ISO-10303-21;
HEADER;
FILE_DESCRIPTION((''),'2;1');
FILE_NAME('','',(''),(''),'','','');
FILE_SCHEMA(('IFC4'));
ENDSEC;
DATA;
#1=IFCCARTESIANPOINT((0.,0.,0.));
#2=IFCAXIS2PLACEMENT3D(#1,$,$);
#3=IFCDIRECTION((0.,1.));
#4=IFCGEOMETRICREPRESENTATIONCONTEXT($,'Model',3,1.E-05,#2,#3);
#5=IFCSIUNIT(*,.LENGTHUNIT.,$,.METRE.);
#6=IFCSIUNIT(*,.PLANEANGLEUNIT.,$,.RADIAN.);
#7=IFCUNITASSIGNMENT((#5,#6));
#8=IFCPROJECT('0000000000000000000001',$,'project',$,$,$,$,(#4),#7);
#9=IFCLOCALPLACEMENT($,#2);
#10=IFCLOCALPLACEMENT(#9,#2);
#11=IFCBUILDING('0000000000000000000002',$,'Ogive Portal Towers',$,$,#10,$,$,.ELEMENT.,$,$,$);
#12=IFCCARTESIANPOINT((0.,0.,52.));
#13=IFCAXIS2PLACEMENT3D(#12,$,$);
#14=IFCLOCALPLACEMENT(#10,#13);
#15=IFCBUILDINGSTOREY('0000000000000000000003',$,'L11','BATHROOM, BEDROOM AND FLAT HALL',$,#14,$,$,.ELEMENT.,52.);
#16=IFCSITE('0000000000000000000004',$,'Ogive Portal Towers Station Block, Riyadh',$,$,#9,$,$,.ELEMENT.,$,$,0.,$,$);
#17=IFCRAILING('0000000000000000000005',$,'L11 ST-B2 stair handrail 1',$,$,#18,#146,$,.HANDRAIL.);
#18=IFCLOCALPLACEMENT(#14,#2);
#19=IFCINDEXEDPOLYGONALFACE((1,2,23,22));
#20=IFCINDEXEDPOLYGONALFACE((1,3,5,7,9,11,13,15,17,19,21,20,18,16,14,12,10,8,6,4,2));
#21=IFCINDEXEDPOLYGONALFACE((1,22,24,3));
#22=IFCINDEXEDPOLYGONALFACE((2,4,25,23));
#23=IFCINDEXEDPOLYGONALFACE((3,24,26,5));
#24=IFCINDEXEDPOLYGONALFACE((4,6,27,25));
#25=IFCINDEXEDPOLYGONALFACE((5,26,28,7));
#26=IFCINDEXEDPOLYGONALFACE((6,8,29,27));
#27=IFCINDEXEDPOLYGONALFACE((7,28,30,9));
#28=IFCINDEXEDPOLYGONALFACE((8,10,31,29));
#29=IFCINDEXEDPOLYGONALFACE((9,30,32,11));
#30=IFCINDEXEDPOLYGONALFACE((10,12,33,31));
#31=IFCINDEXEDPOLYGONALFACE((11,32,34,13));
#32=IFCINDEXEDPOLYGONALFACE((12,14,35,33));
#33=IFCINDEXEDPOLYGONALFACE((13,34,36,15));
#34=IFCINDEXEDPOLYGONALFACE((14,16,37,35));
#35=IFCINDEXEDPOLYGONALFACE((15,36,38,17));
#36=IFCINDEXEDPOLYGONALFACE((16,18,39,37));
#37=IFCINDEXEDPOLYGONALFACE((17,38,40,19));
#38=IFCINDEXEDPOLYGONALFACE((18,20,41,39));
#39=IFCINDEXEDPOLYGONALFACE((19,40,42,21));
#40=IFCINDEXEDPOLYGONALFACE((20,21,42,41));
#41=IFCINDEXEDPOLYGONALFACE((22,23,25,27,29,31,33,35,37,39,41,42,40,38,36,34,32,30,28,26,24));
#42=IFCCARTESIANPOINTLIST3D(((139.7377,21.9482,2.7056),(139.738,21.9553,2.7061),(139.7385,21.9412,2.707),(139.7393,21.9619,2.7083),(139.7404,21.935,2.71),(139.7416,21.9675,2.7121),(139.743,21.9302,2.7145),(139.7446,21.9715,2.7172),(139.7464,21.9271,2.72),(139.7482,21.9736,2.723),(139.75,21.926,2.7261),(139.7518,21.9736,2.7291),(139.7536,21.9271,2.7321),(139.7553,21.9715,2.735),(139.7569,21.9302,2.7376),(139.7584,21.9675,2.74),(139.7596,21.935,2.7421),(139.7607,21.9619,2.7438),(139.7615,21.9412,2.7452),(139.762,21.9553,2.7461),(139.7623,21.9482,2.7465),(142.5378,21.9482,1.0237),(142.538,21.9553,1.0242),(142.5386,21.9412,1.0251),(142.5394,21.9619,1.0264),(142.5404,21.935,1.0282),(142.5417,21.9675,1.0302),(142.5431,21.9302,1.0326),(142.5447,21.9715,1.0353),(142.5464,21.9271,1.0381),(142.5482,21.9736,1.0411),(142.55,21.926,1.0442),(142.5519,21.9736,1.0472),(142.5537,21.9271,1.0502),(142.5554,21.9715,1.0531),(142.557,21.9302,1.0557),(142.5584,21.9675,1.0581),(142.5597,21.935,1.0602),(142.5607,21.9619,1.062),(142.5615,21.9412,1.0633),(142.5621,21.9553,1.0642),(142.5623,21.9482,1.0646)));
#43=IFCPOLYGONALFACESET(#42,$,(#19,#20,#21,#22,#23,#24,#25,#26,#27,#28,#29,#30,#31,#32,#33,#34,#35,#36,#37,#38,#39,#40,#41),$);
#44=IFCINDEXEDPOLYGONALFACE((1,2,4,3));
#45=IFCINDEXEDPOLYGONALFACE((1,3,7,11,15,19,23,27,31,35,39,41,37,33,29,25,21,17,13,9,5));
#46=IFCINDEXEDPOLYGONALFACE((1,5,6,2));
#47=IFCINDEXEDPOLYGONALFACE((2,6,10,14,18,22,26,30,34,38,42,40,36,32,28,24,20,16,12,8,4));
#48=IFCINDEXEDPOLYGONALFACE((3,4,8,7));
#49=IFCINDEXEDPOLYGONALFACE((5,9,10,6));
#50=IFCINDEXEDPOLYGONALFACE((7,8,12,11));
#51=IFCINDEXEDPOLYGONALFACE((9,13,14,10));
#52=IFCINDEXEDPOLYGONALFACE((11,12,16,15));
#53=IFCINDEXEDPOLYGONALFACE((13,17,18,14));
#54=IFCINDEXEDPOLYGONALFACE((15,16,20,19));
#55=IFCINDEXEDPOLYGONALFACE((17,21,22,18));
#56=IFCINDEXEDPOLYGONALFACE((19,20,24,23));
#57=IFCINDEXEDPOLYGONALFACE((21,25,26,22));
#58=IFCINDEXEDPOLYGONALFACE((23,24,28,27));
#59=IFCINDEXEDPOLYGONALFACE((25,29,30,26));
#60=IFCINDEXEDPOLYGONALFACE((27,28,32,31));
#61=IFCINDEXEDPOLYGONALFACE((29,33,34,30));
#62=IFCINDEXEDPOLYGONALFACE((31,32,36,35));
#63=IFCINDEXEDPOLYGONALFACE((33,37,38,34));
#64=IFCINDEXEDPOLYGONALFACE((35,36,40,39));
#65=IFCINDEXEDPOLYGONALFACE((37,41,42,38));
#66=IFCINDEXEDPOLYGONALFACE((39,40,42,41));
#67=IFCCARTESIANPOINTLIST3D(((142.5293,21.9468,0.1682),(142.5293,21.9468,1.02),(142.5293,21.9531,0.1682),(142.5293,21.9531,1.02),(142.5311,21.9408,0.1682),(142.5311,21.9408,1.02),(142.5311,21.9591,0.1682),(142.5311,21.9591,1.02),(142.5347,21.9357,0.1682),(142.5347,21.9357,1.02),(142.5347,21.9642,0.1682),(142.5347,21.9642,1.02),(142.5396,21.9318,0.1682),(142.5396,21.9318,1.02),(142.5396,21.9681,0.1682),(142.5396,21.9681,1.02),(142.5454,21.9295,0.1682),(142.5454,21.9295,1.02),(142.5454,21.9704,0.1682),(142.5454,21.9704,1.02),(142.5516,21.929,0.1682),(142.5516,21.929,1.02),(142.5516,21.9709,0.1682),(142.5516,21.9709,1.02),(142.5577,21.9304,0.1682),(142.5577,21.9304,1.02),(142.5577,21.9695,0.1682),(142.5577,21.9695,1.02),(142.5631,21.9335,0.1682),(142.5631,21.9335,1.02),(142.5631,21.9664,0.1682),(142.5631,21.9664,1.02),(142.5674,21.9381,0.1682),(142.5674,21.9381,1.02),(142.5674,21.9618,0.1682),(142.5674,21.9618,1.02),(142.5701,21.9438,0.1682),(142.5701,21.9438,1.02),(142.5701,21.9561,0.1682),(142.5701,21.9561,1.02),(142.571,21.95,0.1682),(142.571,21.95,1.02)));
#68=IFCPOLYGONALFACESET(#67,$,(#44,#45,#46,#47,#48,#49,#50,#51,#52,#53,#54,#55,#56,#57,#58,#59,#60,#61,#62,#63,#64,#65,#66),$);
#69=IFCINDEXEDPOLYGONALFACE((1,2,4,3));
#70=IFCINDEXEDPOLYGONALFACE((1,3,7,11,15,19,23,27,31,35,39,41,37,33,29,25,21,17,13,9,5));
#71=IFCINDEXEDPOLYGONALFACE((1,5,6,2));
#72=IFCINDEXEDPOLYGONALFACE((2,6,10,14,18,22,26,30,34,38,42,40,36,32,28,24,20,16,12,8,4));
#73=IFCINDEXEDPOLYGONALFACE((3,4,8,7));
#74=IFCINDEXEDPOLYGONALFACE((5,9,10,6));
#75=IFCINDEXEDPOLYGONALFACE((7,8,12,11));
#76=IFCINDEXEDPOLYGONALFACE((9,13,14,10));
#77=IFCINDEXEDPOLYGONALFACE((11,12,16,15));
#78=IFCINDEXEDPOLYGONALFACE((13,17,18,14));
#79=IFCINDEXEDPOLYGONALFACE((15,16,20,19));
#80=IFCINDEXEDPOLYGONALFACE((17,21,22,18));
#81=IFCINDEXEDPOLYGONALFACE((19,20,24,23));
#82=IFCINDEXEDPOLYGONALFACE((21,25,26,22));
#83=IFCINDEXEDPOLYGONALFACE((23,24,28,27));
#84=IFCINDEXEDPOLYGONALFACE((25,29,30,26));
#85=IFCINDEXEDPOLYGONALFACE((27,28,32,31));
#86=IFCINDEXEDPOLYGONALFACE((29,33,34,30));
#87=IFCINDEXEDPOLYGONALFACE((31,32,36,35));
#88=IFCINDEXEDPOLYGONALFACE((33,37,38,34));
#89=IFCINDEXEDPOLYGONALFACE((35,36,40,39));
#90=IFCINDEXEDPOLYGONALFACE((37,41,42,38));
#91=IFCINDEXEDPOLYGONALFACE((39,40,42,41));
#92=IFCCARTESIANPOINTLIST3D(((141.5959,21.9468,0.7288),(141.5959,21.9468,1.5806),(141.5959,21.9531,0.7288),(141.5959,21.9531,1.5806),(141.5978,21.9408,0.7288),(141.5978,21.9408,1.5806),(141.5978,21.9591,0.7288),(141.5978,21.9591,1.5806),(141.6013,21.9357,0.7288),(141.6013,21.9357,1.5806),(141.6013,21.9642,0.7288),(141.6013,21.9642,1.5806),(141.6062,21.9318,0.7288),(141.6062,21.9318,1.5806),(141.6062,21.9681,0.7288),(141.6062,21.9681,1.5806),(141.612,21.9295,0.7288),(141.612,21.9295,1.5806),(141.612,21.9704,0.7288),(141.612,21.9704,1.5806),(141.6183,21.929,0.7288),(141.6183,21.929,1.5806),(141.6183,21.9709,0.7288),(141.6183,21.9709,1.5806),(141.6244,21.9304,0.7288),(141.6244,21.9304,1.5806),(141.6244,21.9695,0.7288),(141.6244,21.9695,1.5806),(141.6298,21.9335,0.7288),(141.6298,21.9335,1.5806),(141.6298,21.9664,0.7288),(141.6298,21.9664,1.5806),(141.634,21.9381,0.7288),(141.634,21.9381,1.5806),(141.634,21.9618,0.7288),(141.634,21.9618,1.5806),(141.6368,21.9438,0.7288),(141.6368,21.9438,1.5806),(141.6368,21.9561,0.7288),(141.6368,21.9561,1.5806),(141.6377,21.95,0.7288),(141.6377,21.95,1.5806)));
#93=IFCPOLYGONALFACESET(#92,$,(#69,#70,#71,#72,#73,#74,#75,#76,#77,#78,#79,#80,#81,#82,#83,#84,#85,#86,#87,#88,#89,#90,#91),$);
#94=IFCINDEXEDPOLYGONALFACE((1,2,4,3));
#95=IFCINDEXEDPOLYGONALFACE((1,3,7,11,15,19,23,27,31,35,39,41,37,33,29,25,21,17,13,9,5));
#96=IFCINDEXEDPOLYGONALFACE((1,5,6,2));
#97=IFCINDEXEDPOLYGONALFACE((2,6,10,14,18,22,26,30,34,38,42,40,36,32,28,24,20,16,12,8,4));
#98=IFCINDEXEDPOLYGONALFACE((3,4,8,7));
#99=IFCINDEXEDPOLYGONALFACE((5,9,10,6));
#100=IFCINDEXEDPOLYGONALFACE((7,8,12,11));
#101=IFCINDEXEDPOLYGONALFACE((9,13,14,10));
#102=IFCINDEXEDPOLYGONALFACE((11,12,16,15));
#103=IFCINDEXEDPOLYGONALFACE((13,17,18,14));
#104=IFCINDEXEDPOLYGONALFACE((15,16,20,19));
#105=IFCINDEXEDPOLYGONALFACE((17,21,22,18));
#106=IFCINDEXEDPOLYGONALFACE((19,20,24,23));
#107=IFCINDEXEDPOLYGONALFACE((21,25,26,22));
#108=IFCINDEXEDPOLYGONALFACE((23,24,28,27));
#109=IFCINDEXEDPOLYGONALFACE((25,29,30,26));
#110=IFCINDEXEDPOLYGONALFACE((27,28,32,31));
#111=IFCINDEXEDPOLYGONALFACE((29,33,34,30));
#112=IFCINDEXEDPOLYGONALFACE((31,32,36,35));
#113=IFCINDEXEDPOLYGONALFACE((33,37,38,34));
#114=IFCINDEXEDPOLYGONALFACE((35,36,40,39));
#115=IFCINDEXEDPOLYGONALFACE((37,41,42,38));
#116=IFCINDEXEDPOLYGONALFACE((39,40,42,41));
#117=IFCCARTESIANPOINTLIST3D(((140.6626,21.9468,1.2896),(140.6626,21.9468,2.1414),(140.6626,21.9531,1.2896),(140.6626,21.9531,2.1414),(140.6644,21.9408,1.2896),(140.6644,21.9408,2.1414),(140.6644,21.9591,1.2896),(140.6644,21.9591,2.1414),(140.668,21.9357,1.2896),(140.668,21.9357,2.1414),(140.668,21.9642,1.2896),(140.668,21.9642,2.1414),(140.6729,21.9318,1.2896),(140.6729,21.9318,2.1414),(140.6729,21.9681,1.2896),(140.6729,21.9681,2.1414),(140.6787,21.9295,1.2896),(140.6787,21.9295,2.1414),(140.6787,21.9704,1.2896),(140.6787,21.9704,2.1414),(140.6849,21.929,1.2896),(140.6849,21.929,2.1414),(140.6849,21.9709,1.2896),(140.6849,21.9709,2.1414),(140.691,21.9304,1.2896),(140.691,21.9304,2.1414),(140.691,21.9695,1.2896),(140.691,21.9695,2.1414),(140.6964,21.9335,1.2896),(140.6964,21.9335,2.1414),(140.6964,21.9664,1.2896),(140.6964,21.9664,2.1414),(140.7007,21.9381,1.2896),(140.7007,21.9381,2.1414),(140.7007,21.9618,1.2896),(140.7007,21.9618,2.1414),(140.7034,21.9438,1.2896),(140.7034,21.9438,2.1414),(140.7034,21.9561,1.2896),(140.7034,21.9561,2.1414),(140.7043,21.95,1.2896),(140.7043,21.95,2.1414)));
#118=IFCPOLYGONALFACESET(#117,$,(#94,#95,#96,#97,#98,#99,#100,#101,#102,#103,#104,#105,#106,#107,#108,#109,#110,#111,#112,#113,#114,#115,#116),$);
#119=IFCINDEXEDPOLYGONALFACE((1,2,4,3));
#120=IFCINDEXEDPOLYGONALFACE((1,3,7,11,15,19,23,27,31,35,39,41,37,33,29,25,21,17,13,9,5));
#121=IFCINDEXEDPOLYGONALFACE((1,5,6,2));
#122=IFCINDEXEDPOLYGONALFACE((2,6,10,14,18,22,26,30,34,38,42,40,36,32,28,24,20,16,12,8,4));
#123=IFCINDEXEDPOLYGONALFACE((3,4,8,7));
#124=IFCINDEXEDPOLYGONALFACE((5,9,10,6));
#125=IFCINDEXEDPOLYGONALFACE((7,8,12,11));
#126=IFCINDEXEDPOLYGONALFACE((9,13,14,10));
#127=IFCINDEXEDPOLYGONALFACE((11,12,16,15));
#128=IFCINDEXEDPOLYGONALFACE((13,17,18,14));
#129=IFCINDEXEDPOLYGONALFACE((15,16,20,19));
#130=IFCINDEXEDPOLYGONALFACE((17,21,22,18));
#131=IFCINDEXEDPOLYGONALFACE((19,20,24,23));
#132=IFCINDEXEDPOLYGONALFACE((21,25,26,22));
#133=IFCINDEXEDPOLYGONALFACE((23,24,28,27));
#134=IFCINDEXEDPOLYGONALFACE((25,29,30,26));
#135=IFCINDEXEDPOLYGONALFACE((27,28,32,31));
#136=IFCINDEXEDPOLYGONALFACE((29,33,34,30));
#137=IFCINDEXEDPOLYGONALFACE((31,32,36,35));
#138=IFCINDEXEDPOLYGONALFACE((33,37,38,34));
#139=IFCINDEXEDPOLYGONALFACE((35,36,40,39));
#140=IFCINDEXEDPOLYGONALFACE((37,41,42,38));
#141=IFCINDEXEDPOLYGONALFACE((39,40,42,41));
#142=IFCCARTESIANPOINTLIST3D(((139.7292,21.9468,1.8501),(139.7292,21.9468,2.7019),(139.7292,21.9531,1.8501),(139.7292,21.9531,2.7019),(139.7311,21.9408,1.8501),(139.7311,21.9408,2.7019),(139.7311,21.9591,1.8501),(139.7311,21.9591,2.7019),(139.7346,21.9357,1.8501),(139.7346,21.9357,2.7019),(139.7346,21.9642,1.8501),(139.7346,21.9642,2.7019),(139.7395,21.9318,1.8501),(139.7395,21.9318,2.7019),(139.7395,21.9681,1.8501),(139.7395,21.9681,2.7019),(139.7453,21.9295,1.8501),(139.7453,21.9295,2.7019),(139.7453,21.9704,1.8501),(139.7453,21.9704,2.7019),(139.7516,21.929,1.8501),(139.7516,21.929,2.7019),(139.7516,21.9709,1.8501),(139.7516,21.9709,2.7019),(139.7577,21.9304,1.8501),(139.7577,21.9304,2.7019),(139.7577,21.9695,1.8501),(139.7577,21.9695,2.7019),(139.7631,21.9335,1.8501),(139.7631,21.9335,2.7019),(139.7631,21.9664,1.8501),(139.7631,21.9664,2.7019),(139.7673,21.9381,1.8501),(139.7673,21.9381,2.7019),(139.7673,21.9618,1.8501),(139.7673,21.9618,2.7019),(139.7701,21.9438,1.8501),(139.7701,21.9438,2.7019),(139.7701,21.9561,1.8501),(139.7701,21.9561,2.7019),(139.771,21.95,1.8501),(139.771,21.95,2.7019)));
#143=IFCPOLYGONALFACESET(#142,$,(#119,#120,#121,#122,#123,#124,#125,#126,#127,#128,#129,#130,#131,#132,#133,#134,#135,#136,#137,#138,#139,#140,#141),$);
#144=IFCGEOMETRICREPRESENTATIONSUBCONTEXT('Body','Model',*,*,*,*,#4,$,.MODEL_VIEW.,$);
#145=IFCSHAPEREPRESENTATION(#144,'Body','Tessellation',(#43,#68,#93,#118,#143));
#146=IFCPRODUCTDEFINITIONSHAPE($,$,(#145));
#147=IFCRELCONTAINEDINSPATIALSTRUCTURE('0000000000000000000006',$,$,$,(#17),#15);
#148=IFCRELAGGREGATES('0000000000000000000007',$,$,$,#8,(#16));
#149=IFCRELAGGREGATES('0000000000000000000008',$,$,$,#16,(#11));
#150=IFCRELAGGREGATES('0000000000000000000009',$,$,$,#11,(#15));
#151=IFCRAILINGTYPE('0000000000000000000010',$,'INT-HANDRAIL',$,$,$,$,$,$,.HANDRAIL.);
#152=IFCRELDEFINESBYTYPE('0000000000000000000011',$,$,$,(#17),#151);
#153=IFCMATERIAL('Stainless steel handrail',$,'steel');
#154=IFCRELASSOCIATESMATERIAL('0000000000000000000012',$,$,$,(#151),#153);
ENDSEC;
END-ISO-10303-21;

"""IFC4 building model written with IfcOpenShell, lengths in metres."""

from ifc_helpers import new_model, si_unit, direction, frame, origin, origin_2d, place, context, subcontext, project, spatial, circle, extrude, material, type_object, element, save


model = new_model("IFC4")

# Units and contexts
model_context = context("Model", 3, precision=1e-05, world=origin(), true_north=direction((0.0, 1.0)))
body_context = subcontext(model_context, "Body", "Model", "MODEL_VIEW")
ifc_project = project(units=[si_unit("LENGTHUNIT", "METRE"), si_unit("PLANEANGLEUNIT", "RADIAN")], contexts=[model_context])

# Site, building, storey
site_placement = place(None, origin())
site = spatial("IfcSite", under=ifc_project, at=site_placement, Name="Ogive Portal Towers Station Block, Riyadh", CompositionType="ELEMENT", RefElevation=0.0)
building_placement = place(site_placement, origin())
building = spatial("IfcBuilding", under=site, at=building_placement, Name="Ogive Portal Towers", CompositionType="ELEMENT")
storey_placement = place(building_placement, frame((0.0, 0.0, 52.0)))
storey = spatial("IfcBuildingStorey", under=building, at=storey_placement, Name="L11", Description="BATHROOM, BEDROOM AND FLAT HALL", CompositionType="ELEMENT", Elevation=52.0)

# Railing
ifc_material_1 = material(Name="Stainless steel handrail", Category="steel")
railing_type_1 = type_object("IfcRailingType", Name="INT-HANDRAIL", PredefinedType="HANDRAIL", material=ifc_material_1)
railing_1_placement = place(storey_placement, frame((142.55, 21.95, 0.1682)))
element("IfcRailing", 1, at=railing_1_placement, inside=storey, type_object=railing_type_1, Name="L11 ST-B2 stair handrail 1", PredefinedType="HANDRAIL", context=body_context, shape_type="SweptSolid", body=[
    extrude(circle(Radius=0.0239, at=origin_2d()), frame((0.0, 0.0, 0.876), z_axis=(-0.857242, 0.0, 0.514913), x_axis=(0.0, -1.0, 0.0)), (0.0, 0.0, 1.0), 3.2664),
    extrude(circle(Radius=0.021, at=origin_2d()), origin(), (0.0, 0.0, 1.0), 0.8518),
    extrude(circle(Radius=0.021, at=origin_2d()), frame((-0.9333, 0.0, 0.5605)), (0.0, 0.0, 1.0), 0.8518),
    extrude(circle(Radius=0.021, at=origin_2d()), frame((-1.8667, 0.0, 1.1213)), (0.0, 0.0, 1.0), 0.8518),
    extrude(circle(Radius=0.021, at=origin_2d()), frame((-2.8, 0.0, 1.6819)), (0.0, 0.0, 1.0), 0.8518),
])

save(model, "model.ifc")
